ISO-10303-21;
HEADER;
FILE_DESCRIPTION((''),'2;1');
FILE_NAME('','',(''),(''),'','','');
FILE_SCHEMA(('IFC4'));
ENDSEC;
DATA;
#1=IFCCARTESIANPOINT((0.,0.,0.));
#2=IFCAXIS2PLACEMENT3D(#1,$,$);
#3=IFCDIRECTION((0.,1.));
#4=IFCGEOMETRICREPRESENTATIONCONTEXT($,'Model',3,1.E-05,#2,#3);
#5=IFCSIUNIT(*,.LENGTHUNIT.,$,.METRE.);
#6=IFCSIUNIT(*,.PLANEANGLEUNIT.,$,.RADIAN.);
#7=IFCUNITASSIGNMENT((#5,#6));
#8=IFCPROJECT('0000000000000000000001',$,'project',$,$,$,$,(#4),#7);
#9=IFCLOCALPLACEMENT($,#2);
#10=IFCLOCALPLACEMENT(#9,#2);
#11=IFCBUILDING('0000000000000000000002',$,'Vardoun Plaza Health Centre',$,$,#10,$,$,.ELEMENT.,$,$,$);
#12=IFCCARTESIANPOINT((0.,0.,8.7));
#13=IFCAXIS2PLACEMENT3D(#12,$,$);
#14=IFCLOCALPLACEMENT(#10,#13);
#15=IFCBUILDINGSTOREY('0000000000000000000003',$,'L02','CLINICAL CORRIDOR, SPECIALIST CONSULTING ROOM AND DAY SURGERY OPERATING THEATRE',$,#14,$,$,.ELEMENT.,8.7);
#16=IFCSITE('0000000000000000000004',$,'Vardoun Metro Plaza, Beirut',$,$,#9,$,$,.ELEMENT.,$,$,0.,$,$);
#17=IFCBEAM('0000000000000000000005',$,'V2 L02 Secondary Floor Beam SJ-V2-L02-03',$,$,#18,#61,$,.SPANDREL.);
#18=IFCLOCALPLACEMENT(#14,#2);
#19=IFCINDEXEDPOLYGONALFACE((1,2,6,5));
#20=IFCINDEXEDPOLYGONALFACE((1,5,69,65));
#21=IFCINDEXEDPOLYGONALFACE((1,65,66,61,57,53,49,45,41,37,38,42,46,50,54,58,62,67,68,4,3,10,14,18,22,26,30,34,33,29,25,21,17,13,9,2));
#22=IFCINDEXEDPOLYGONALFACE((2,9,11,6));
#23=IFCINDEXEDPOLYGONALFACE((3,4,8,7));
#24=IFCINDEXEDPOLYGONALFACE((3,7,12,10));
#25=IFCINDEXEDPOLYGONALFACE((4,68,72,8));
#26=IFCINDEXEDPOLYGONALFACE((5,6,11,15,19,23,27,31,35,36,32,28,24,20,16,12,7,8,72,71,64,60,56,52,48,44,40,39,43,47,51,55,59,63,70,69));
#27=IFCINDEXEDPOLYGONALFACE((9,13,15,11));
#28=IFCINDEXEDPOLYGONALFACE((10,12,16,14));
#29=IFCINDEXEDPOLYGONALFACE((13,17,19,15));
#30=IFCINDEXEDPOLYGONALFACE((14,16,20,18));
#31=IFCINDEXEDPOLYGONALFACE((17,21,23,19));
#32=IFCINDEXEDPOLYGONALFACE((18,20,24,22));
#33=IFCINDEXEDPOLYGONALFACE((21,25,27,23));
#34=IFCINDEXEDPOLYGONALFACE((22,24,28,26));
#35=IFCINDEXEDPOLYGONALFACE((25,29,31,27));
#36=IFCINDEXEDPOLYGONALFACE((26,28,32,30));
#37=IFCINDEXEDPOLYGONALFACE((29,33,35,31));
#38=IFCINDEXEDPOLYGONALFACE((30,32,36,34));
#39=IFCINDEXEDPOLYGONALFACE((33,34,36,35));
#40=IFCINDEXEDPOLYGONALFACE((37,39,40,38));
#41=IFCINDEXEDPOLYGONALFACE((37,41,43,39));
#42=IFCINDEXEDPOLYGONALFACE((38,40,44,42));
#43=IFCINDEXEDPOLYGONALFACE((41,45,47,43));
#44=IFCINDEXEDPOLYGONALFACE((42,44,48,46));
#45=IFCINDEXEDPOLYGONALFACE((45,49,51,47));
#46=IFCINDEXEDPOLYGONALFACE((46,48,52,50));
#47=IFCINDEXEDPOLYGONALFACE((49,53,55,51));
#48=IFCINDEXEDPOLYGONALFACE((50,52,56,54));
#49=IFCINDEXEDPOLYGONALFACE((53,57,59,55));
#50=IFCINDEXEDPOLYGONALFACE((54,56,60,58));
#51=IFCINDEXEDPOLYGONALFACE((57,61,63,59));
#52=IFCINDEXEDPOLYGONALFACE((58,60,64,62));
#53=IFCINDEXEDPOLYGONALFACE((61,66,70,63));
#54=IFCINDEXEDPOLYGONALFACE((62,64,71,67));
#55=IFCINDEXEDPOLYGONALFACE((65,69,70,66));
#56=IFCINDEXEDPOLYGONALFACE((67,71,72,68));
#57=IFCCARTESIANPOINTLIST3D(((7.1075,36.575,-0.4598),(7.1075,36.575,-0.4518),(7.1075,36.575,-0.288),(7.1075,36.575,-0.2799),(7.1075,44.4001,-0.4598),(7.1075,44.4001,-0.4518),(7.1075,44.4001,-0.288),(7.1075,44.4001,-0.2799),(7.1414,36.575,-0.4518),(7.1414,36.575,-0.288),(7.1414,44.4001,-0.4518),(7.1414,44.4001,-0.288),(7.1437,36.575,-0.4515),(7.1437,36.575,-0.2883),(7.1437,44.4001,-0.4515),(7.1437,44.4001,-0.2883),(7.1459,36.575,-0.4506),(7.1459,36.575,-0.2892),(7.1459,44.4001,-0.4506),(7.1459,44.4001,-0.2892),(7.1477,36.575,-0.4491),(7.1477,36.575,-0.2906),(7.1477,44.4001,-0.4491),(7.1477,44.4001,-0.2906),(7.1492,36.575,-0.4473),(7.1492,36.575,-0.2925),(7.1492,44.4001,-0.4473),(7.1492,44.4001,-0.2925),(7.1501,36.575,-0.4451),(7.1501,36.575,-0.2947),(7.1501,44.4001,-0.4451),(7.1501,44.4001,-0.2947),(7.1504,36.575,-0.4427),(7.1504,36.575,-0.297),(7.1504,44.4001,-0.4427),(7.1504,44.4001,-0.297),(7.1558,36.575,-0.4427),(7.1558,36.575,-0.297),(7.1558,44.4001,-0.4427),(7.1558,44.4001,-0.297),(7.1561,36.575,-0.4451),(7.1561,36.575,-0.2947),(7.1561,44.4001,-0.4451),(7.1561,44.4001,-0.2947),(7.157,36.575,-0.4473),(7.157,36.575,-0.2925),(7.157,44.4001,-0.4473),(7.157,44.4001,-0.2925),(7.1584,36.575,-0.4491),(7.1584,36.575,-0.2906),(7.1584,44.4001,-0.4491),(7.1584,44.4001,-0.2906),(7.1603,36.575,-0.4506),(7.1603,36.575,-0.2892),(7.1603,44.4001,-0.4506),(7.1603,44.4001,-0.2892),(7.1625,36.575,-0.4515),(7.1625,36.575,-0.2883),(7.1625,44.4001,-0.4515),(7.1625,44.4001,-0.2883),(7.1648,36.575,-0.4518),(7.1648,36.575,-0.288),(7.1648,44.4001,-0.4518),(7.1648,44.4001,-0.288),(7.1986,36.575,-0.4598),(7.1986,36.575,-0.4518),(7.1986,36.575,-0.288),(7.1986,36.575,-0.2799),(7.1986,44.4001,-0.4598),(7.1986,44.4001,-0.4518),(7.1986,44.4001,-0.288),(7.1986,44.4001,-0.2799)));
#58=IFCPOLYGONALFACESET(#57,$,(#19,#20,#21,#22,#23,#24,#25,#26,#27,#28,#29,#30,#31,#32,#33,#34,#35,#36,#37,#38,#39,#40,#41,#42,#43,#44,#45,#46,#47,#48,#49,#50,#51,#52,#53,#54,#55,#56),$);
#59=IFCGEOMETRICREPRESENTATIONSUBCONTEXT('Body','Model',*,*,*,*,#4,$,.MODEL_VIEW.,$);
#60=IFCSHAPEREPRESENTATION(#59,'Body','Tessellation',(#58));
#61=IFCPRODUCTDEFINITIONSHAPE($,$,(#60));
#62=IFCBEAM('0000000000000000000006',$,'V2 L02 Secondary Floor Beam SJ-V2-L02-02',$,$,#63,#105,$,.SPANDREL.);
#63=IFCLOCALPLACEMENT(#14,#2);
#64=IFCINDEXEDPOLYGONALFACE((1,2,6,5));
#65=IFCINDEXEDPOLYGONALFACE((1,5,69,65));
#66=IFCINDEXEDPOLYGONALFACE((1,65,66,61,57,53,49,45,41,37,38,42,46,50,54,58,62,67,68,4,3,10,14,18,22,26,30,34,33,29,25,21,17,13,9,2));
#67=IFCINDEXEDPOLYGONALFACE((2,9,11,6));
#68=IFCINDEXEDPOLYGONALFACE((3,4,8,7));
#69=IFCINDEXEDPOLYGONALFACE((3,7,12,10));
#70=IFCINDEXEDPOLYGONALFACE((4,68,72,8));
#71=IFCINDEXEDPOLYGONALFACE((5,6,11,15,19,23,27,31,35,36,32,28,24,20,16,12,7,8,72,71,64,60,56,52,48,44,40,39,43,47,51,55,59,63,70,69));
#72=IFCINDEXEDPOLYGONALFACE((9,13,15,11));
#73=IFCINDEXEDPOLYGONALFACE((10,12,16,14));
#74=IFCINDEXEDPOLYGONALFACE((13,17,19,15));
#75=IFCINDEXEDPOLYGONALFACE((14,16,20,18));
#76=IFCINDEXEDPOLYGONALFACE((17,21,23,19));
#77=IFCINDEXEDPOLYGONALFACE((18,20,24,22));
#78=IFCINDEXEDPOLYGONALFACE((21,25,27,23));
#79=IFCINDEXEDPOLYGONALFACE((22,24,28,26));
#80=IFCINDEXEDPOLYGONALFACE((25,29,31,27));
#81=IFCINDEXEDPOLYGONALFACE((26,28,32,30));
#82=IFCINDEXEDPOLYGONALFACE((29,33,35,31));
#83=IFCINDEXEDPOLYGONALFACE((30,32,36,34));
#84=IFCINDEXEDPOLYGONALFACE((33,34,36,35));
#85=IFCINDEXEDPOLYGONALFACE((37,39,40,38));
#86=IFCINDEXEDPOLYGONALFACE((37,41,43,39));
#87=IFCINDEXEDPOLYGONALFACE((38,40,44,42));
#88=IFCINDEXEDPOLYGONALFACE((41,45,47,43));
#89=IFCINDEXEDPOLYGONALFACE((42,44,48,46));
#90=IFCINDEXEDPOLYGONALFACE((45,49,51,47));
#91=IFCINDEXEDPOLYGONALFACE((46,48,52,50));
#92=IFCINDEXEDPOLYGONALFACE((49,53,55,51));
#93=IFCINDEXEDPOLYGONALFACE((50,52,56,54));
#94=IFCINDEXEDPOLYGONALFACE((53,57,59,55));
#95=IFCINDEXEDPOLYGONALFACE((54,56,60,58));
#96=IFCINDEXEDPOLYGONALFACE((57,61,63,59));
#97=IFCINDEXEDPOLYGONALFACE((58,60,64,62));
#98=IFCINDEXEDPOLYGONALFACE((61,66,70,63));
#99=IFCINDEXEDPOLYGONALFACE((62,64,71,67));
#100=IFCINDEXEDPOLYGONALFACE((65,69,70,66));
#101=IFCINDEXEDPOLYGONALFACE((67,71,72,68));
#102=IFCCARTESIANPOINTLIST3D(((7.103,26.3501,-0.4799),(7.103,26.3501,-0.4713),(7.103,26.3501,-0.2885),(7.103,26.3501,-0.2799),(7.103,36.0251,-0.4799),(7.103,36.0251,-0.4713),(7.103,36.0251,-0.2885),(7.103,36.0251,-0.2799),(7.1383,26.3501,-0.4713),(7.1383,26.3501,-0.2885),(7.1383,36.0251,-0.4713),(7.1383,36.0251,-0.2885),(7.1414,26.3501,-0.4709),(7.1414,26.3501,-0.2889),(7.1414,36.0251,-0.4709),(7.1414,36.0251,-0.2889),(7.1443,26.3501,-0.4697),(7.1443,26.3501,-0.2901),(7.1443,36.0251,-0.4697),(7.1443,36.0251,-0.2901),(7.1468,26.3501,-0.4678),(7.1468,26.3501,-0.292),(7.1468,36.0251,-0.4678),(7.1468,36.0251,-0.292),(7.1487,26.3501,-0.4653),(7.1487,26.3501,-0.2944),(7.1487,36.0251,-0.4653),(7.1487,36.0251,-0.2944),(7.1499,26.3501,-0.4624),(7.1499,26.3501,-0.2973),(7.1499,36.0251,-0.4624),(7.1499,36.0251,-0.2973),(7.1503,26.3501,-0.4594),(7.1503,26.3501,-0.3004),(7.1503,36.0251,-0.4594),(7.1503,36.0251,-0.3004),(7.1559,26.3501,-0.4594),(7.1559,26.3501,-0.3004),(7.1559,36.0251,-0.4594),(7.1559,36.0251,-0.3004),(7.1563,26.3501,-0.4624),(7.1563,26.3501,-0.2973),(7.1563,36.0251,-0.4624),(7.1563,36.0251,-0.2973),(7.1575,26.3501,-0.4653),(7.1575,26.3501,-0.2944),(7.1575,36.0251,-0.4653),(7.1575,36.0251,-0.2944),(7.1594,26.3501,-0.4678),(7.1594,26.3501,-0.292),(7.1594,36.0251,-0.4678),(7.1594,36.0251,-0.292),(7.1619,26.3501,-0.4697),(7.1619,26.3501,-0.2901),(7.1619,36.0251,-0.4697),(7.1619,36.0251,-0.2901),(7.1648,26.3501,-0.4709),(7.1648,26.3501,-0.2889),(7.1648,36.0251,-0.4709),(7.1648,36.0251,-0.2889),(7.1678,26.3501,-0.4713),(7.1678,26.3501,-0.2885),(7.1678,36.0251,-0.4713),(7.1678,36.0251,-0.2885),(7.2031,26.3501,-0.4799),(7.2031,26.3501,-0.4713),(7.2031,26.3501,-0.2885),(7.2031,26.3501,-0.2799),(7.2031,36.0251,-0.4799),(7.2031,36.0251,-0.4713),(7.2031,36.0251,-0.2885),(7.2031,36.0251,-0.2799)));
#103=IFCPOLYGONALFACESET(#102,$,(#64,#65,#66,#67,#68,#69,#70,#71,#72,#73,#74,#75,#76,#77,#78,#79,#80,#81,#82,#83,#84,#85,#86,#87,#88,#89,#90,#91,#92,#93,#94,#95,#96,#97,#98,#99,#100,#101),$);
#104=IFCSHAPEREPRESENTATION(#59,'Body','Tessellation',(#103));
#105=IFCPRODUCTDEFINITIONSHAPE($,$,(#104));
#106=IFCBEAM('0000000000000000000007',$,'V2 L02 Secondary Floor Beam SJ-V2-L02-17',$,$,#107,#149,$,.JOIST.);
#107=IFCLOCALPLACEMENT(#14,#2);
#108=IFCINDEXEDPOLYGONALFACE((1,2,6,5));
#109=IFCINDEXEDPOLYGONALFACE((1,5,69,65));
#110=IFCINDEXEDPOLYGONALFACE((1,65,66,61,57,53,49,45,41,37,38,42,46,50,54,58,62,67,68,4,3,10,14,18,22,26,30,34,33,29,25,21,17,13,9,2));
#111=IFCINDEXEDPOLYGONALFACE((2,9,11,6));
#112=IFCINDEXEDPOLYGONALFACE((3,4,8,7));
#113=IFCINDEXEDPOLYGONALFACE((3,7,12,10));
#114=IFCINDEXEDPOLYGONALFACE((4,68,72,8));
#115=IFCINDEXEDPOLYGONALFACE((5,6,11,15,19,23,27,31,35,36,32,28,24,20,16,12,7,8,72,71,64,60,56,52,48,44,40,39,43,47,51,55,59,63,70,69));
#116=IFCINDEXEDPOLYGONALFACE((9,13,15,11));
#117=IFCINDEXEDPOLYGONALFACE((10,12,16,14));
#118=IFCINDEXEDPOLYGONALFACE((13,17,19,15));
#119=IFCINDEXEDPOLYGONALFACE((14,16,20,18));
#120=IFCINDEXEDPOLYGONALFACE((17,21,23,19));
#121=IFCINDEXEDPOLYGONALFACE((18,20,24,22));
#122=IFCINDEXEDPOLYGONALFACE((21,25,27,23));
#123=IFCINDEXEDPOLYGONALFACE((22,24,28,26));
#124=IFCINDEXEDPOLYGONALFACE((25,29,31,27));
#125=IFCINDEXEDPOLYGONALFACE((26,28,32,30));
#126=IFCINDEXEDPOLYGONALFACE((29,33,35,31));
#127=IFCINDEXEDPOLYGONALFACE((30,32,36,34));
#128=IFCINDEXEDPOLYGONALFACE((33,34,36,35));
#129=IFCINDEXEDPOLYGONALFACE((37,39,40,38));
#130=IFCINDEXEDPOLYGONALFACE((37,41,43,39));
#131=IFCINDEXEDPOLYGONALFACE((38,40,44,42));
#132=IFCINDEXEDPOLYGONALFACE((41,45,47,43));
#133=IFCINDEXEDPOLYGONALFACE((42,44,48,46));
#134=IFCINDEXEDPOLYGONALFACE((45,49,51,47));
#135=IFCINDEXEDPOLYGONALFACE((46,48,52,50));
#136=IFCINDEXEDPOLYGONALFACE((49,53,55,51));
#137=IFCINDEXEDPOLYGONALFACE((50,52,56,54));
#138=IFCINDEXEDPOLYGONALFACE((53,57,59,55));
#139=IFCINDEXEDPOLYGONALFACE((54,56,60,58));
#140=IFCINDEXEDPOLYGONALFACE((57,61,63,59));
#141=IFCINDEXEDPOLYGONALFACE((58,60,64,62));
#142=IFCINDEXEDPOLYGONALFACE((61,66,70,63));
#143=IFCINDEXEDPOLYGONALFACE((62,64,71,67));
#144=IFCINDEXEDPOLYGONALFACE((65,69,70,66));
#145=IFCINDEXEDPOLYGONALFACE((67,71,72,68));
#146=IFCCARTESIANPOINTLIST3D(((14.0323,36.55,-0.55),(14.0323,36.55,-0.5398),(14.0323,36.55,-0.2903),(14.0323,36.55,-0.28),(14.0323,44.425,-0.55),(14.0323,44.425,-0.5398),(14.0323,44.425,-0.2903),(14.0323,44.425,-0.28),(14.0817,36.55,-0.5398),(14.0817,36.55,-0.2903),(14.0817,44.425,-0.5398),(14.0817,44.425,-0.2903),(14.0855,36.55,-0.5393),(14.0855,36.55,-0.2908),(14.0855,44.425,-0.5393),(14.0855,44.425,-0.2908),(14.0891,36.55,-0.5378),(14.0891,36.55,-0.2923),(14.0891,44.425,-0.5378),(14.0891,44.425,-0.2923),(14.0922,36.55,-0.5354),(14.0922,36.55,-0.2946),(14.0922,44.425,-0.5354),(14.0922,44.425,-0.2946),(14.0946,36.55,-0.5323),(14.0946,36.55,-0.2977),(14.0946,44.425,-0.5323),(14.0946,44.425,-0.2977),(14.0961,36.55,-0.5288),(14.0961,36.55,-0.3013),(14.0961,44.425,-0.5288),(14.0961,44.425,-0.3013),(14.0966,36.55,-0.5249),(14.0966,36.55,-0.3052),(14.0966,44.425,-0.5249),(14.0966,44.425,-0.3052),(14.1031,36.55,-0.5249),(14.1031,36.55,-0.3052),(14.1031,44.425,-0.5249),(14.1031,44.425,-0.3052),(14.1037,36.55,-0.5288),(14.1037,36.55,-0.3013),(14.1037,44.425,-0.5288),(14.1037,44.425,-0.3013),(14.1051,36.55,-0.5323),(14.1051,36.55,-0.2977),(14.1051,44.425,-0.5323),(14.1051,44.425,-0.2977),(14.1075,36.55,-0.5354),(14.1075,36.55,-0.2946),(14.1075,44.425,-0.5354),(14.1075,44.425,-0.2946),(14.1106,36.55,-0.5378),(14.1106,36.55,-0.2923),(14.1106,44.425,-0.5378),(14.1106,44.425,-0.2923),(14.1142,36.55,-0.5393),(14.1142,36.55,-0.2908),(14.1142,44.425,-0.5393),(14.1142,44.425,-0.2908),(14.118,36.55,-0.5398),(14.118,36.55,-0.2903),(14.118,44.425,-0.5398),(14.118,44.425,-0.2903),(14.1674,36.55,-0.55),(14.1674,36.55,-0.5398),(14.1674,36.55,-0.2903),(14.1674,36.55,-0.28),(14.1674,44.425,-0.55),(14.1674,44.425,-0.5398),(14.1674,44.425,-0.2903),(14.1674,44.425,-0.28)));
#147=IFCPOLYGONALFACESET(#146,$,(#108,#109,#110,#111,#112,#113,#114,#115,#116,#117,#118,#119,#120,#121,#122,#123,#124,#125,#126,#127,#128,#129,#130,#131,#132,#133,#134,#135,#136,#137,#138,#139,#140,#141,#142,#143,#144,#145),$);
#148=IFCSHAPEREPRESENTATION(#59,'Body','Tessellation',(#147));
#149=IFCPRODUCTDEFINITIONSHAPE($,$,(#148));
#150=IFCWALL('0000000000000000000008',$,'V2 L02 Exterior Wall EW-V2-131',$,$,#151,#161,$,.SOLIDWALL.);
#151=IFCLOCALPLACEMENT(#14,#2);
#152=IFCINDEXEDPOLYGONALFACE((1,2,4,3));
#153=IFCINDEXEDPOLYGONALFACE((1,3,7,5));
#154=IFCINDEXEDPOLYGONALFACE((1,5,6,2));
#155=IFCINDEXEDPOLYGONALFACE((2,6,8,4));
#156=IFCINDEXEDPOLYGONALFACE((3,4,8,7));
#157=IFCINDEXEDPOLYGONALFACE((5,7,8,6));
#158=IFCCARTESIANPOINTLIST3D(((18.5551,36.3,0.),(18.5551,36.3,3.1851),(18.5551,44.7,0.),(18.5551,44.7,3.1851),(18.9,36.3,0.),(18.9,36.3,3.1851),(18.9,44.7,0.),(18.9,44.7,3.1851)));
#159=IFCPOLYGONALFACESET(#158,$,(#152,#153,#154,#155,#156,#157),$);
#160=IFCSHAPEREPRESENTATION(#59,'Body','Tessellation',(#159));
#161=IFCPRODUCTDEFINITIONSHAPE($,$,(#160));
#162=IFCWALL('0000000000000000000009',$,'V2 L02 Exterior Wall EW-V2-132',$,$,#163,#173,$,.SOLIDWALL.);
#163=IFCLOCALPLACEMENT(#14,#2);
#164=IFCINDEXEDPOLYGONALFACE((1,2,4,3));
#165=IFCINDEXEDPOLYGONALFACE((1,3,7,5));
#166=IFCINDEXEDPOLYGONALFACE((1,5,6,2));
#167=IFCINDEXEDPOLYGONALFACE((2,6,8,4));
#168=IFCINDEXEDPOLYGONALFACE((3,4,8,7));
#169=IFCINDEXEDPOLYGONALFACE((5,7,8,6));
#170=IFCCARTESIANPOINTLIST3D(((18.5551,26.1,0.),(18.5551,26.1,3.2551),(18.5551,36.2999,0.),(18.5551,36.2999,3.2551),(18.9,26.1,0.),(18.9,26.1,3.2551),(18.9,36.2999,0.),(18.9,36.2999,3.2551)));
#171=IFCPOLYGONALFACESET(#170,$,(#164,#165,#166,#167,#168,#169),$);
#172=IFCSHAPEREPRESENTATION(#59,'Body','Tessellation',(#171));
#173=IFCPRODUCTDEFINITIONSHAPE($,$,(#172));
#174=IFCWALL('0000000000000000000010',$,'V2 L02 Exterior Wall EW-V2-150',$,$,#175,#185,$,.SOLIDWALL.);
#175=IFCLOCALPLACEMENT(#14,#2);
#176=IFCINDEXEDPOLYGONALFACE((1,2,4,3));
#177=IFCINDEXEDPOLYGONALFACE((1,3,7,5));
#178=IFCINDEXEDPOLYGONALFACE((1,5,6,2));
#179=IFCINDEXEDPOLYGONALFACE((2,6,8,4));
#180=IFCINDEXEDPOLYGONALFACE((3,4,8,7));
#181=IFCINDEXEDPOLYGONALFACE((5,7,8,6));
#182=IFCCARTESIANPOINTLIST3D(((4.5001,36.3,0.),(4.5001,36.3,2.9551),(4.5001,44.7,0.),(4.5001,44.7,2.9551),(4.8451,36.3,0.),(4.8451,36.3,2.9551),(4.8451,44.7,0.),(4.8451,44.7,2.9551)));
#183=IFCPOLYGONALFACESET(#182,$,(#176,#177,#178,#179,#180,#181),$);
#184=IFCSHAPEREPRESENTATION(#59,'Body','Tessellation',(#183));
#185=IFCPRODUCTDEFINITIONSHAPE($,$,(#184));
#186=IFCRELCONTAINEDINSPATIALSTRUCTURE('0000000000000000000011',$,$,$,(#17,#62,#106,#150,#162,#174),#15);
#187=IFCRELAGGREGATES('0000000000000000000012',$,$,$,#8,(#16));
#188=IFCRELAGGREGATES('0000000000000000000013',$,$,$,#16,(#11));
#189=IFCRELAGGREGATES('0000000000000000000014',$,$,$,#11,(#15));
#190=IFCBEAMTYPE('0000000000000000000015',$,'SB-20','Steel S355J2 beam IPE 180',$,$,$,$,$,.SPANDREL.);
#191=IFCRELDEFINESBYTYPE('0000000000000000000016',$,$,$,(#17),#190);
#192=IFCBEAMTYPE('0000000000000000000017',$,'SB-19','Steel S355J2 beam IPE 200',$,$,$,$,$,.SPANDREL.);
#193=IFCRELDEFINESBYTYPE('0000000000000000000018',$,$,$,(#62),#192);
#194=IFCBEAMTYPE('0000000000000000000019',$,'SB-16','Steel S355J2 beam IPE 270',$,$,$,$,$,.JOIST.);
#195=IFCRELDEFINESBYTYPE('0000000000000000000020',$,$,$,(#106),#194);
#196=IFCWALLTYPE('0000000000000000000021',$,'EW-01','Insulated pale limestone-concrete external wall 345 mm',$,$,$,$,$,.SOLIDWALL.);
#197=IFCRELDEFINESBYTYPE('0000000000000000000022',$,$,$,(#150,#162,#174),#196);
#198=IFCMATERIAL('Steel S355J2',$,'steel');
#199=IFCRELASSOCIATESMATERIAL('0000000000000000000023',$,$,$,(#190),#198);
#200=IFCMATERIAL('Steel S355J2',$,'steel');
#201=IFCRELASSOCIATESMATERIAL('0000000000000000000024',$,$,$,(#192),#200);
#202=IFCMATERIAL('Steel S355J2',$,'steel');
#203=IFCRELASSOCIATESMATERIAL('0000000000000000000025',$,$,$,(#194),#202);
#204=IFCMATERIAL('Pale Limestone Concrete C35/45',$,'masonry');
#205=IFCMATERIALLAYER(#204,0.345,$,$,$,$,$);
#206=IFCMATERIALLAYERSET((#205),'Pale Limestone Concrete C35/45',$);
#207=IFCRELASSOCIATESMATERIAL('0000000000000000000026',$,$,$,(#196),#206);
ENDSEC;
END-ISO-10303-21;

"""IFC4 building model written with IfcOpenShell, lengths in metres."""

from ifc_helpers import new_model, si_unit, direction, frame, frame_2d, origin, origin_2d, place, context, subcontext, project, spatial, rectangle, i_section, extrude, material, layer, layer_set, material_profile, profile_set, type_object, element, save


model = new_model("IFC4")

# Units and contexts
model_context = context("Model", 3, precision=1e-05, world=origin(), true_north=direction((0.0, 1.0)))
body_context = subcontext(model_context, "Body", "Model", "MODEL_VIEW")
ifc_project = project(units=[si_unit("LENGTHUNIT", "METRE"), si_unit("PLANEANGLEUNIT", "RADIAN")], contexts=[model_context])

# Site, building, storey
site_placement = place(None, origin())
site = spatial("IfcSite", under=ifc_project, at=site_placement, Name="Vardoun Metro Plaza, Beirut", CompositionType="ELEMENT", RefElevation=0.0)
building_placement = place(site_placement, origin())
building = spatial("IfcBuilding", under=site, at=building_placement, Name="Vardoun Plaza Health Centre", CompositionType="ELEMENT")
storey_placement = place(building_placement, frame((0.0, 0.0, 8.7)))
storey = spatial("IfcBuildingStorey", under=building, at=storey_placement, Name="L02", Description="CLINICAL CORRIDOR, SPECIALIST CONSULTING ROOM AND DAY SURGERY OPERATING THEATRE", CompositionType="ELEMENT", Elevation=8.7)

# Beams
ifc_material_1 = material(Name="Steel S355J2", Category="steel")
ifc_material_profile_1 = material_profile(ifc_material_1, i_section(OverallWidth=0.0911, OverallDepth=0.1799, WebThickness=0.0054, FlangeThickness=0.0081, FilletRadius=0.009, at=origin_2d()), Name="IPE 180")
ifc_profile_set_1 = profile_set([ifc_material_profile_1], Name="Steel S355J2")
beam_type_1 = type_object("IfcBeamType", Name="SB-20", Description="Steel S355J2 beam IPE 180", PredefinedType="SPANDREL", material=ifc_profile_set_1)
beam_1_placement = place(storey_placement, frame((7.1531, 36.575, -0.3699), z_axis=(0.0, 1.0, 0.0), x_axis=(-1.0, 0.0, 0.0)))
element("IfcBeam", 1, at=beam_1_placement, inside=storey, type_object=beam_type_1, Name="V2 L02 Secondary Floor Beam SJ-V2-L02-03", PredefinedType="SPANDREL", context=body_context, shape_type="SweptSolid", body=[
    extrude(i_section(OverallWidth=0.0911, OverallDepth=0.1799, WebThickness=0.0054, FlangeThickness=0.0081, FilletRadius=0.009, at=origin_2d()), origin(), (0.0, 0.0, 1.0), 7.8252),
])
ifc_material_2 = material(Name="Steel S355J2", Category="steel")
ifc_material_profile_2 = material_profile(ifc_material_2, i_section(OverallWidth=0.1001, OverallDepth=0.2, WebThickness=0.0056, FlangeThickness=0.0085, FilletRadius=0.012, at=origin_2d()), Name="IPE 200")
ifc_profile_set_2 = profile_set([ifc_material_profile_2], Name="Steel S355J2")
beam_type_2 = type_object("IfcBeamType", Name="SB-19", Description="Steel S355J2 beam IPE 200", PredefinedType="SPANDREL", material=ifc_profile_set_2)
beam_2_placement = place(storey_placement, frame((7.1531, 26.3501, -0.3799), z_axis=(0.0, 1.0, 0.0), x_axis=(-1.0, 0.0, 0.0)))
element("IfcBeam", 2, at=beam_2_placement, inside=storey, type_object=beam_type_2, Name="V2 L02 Secondary Floor Beam SJ-V2-L02-02", PredefinedType="SPANDREL", context=body_context, shape_type="SweptSolid", body=[
    extrude(i_section(OverallWidth=0.1001, OverallDepth=0.2, WebThickness=0.0056, FlangeThickness=0.0085, FilletRadius=0.012, at=origin_2d()), origin(), (0.0, 0.0, 1.0), 9.675),
])
ifc_material_3 = material(Name="Steel S355J2", Category="steel")
ifc_material_profile_3 = material_profile(ifc_material_3, i_section(OverallWidth=0.135, OverallDepth=0.27, WebThickness=0.0066, FlangeThickness=0.0103, FilletRadius=0.0149, at=origin_2d()), Name="IPE 270")
ifc_profile_set_3 = profile_set([ifc_material_profile_3], Name="Steel S355J2")
beam_type_3 = type_object("IfcBeamType", Name="SB-16", Description="Steel S355J2 beam IPE 270", PredefinedType="JOIST", material=ifc_profile_set_3)
beam_3_placement = place(storey_placement, frame((14.0999, 36.55, -0.415), z_axis=(0.0, 1.0, 0.0), x_axis=(-1.0, 0.0, 0.0)))
element("IfcBeam", 3, at=beam_3_placement, inside=storey, type_object=beam_type_3, Name="V2 L02 Secondary Floor Beam SJ-V2-L02-17", PredefinedType="JOIST", context=body_context, shape_type="SweptSolid", body=[
    extrude(i_section(OverallWidth=0.135, OverallDepth=0.27, WebThickness=0.0066, FlangeThickness=0.0103, FilletRadius=0.0149, at=origin_2d()), origin(), (0.0, 0.0, 1.0), 7.875),
])

# Walls
ifc_material_4 = material(Name="Pale Limestone Concrete C35/45", Category="masonry")
ifc_layer_1 = layer(ifc_material_4, 0.345)
ifc_layer_set_1 = layer_set([ifc_layer_1], Name="Pale Limestone Concrete C35/45")
wall_type_1 = type_object("IfcWallType", Name="EW-01", Description="Insulated pale limestone-concrete external wall 345 mm", PredefinedType="SOLIDWALL", material=ifc_layer_set_1)
wall_1_placement = place(storey_placement, frame((18.7275, 44.7, 0.0), z_axis=(0.0, 0.0, 1.0), x_axis=(0.0, -1.0, 0.0)))
element("IfcWall", 4, at=wall_1_placement, inside=storey, type_object=wall_type_1, Name="V2 L02 Exterior Wall EW-V2-131", PredefinedType="SOLIDWALL", context=body_context, shape_type="SweptSolid", body=[
    extrude(rectangle(XDim=8.3999, YDim=0.345, at=frame_2d((4.2, 0.0))), origin(), (0.0, 0.0, 1.0), 3.1851),
])
wall_2_placement = place(storey_placement, frame((18.7275, 36.3, 0.0), z_axis=(0.0, 0.0, 1.0), x_axis=(0.0, -1.0, 0.0)))
element("IfcWall", 5, at=wall_2_placement, inside=storey, type_object=wall_type_1, Name="V2 L02 Exterior Wall EW-V2-132", PredefinedType="SOLIDWALL", context=body_context, shape_type="SweptSolid", body=[
    extrude(rectangle(XDim=10.2, YDim=0.345, at=frame_2d((5.1001, 0.0))), origin(), (0.0, 0.0, 1.0), 3.2551),
])
wall_3_placement = place(storey_placement, frame((4.6726, 36.3, 0.0), z_axis=(0.0, 0.0, 1.0), x_axis=(0.0, 1.0, 0.0)))
element("IfcWall", 6, at=wall_3_placement, inside=storey, type_object=wall_type_1, Name="V2 L02 Exterior Wall EW-V2-150", PredefinedType="SOLIDWALL", context=body_context, shape_type="SweptSolid", body=[
    extrude(rectangle(XDim=8.3999, YDim=0.345, at=frame_2d((4.2, 0.0))), origin(), (0.0, 0.0, 1.0), 2.9551),
])

save(model, "model.ifc")
